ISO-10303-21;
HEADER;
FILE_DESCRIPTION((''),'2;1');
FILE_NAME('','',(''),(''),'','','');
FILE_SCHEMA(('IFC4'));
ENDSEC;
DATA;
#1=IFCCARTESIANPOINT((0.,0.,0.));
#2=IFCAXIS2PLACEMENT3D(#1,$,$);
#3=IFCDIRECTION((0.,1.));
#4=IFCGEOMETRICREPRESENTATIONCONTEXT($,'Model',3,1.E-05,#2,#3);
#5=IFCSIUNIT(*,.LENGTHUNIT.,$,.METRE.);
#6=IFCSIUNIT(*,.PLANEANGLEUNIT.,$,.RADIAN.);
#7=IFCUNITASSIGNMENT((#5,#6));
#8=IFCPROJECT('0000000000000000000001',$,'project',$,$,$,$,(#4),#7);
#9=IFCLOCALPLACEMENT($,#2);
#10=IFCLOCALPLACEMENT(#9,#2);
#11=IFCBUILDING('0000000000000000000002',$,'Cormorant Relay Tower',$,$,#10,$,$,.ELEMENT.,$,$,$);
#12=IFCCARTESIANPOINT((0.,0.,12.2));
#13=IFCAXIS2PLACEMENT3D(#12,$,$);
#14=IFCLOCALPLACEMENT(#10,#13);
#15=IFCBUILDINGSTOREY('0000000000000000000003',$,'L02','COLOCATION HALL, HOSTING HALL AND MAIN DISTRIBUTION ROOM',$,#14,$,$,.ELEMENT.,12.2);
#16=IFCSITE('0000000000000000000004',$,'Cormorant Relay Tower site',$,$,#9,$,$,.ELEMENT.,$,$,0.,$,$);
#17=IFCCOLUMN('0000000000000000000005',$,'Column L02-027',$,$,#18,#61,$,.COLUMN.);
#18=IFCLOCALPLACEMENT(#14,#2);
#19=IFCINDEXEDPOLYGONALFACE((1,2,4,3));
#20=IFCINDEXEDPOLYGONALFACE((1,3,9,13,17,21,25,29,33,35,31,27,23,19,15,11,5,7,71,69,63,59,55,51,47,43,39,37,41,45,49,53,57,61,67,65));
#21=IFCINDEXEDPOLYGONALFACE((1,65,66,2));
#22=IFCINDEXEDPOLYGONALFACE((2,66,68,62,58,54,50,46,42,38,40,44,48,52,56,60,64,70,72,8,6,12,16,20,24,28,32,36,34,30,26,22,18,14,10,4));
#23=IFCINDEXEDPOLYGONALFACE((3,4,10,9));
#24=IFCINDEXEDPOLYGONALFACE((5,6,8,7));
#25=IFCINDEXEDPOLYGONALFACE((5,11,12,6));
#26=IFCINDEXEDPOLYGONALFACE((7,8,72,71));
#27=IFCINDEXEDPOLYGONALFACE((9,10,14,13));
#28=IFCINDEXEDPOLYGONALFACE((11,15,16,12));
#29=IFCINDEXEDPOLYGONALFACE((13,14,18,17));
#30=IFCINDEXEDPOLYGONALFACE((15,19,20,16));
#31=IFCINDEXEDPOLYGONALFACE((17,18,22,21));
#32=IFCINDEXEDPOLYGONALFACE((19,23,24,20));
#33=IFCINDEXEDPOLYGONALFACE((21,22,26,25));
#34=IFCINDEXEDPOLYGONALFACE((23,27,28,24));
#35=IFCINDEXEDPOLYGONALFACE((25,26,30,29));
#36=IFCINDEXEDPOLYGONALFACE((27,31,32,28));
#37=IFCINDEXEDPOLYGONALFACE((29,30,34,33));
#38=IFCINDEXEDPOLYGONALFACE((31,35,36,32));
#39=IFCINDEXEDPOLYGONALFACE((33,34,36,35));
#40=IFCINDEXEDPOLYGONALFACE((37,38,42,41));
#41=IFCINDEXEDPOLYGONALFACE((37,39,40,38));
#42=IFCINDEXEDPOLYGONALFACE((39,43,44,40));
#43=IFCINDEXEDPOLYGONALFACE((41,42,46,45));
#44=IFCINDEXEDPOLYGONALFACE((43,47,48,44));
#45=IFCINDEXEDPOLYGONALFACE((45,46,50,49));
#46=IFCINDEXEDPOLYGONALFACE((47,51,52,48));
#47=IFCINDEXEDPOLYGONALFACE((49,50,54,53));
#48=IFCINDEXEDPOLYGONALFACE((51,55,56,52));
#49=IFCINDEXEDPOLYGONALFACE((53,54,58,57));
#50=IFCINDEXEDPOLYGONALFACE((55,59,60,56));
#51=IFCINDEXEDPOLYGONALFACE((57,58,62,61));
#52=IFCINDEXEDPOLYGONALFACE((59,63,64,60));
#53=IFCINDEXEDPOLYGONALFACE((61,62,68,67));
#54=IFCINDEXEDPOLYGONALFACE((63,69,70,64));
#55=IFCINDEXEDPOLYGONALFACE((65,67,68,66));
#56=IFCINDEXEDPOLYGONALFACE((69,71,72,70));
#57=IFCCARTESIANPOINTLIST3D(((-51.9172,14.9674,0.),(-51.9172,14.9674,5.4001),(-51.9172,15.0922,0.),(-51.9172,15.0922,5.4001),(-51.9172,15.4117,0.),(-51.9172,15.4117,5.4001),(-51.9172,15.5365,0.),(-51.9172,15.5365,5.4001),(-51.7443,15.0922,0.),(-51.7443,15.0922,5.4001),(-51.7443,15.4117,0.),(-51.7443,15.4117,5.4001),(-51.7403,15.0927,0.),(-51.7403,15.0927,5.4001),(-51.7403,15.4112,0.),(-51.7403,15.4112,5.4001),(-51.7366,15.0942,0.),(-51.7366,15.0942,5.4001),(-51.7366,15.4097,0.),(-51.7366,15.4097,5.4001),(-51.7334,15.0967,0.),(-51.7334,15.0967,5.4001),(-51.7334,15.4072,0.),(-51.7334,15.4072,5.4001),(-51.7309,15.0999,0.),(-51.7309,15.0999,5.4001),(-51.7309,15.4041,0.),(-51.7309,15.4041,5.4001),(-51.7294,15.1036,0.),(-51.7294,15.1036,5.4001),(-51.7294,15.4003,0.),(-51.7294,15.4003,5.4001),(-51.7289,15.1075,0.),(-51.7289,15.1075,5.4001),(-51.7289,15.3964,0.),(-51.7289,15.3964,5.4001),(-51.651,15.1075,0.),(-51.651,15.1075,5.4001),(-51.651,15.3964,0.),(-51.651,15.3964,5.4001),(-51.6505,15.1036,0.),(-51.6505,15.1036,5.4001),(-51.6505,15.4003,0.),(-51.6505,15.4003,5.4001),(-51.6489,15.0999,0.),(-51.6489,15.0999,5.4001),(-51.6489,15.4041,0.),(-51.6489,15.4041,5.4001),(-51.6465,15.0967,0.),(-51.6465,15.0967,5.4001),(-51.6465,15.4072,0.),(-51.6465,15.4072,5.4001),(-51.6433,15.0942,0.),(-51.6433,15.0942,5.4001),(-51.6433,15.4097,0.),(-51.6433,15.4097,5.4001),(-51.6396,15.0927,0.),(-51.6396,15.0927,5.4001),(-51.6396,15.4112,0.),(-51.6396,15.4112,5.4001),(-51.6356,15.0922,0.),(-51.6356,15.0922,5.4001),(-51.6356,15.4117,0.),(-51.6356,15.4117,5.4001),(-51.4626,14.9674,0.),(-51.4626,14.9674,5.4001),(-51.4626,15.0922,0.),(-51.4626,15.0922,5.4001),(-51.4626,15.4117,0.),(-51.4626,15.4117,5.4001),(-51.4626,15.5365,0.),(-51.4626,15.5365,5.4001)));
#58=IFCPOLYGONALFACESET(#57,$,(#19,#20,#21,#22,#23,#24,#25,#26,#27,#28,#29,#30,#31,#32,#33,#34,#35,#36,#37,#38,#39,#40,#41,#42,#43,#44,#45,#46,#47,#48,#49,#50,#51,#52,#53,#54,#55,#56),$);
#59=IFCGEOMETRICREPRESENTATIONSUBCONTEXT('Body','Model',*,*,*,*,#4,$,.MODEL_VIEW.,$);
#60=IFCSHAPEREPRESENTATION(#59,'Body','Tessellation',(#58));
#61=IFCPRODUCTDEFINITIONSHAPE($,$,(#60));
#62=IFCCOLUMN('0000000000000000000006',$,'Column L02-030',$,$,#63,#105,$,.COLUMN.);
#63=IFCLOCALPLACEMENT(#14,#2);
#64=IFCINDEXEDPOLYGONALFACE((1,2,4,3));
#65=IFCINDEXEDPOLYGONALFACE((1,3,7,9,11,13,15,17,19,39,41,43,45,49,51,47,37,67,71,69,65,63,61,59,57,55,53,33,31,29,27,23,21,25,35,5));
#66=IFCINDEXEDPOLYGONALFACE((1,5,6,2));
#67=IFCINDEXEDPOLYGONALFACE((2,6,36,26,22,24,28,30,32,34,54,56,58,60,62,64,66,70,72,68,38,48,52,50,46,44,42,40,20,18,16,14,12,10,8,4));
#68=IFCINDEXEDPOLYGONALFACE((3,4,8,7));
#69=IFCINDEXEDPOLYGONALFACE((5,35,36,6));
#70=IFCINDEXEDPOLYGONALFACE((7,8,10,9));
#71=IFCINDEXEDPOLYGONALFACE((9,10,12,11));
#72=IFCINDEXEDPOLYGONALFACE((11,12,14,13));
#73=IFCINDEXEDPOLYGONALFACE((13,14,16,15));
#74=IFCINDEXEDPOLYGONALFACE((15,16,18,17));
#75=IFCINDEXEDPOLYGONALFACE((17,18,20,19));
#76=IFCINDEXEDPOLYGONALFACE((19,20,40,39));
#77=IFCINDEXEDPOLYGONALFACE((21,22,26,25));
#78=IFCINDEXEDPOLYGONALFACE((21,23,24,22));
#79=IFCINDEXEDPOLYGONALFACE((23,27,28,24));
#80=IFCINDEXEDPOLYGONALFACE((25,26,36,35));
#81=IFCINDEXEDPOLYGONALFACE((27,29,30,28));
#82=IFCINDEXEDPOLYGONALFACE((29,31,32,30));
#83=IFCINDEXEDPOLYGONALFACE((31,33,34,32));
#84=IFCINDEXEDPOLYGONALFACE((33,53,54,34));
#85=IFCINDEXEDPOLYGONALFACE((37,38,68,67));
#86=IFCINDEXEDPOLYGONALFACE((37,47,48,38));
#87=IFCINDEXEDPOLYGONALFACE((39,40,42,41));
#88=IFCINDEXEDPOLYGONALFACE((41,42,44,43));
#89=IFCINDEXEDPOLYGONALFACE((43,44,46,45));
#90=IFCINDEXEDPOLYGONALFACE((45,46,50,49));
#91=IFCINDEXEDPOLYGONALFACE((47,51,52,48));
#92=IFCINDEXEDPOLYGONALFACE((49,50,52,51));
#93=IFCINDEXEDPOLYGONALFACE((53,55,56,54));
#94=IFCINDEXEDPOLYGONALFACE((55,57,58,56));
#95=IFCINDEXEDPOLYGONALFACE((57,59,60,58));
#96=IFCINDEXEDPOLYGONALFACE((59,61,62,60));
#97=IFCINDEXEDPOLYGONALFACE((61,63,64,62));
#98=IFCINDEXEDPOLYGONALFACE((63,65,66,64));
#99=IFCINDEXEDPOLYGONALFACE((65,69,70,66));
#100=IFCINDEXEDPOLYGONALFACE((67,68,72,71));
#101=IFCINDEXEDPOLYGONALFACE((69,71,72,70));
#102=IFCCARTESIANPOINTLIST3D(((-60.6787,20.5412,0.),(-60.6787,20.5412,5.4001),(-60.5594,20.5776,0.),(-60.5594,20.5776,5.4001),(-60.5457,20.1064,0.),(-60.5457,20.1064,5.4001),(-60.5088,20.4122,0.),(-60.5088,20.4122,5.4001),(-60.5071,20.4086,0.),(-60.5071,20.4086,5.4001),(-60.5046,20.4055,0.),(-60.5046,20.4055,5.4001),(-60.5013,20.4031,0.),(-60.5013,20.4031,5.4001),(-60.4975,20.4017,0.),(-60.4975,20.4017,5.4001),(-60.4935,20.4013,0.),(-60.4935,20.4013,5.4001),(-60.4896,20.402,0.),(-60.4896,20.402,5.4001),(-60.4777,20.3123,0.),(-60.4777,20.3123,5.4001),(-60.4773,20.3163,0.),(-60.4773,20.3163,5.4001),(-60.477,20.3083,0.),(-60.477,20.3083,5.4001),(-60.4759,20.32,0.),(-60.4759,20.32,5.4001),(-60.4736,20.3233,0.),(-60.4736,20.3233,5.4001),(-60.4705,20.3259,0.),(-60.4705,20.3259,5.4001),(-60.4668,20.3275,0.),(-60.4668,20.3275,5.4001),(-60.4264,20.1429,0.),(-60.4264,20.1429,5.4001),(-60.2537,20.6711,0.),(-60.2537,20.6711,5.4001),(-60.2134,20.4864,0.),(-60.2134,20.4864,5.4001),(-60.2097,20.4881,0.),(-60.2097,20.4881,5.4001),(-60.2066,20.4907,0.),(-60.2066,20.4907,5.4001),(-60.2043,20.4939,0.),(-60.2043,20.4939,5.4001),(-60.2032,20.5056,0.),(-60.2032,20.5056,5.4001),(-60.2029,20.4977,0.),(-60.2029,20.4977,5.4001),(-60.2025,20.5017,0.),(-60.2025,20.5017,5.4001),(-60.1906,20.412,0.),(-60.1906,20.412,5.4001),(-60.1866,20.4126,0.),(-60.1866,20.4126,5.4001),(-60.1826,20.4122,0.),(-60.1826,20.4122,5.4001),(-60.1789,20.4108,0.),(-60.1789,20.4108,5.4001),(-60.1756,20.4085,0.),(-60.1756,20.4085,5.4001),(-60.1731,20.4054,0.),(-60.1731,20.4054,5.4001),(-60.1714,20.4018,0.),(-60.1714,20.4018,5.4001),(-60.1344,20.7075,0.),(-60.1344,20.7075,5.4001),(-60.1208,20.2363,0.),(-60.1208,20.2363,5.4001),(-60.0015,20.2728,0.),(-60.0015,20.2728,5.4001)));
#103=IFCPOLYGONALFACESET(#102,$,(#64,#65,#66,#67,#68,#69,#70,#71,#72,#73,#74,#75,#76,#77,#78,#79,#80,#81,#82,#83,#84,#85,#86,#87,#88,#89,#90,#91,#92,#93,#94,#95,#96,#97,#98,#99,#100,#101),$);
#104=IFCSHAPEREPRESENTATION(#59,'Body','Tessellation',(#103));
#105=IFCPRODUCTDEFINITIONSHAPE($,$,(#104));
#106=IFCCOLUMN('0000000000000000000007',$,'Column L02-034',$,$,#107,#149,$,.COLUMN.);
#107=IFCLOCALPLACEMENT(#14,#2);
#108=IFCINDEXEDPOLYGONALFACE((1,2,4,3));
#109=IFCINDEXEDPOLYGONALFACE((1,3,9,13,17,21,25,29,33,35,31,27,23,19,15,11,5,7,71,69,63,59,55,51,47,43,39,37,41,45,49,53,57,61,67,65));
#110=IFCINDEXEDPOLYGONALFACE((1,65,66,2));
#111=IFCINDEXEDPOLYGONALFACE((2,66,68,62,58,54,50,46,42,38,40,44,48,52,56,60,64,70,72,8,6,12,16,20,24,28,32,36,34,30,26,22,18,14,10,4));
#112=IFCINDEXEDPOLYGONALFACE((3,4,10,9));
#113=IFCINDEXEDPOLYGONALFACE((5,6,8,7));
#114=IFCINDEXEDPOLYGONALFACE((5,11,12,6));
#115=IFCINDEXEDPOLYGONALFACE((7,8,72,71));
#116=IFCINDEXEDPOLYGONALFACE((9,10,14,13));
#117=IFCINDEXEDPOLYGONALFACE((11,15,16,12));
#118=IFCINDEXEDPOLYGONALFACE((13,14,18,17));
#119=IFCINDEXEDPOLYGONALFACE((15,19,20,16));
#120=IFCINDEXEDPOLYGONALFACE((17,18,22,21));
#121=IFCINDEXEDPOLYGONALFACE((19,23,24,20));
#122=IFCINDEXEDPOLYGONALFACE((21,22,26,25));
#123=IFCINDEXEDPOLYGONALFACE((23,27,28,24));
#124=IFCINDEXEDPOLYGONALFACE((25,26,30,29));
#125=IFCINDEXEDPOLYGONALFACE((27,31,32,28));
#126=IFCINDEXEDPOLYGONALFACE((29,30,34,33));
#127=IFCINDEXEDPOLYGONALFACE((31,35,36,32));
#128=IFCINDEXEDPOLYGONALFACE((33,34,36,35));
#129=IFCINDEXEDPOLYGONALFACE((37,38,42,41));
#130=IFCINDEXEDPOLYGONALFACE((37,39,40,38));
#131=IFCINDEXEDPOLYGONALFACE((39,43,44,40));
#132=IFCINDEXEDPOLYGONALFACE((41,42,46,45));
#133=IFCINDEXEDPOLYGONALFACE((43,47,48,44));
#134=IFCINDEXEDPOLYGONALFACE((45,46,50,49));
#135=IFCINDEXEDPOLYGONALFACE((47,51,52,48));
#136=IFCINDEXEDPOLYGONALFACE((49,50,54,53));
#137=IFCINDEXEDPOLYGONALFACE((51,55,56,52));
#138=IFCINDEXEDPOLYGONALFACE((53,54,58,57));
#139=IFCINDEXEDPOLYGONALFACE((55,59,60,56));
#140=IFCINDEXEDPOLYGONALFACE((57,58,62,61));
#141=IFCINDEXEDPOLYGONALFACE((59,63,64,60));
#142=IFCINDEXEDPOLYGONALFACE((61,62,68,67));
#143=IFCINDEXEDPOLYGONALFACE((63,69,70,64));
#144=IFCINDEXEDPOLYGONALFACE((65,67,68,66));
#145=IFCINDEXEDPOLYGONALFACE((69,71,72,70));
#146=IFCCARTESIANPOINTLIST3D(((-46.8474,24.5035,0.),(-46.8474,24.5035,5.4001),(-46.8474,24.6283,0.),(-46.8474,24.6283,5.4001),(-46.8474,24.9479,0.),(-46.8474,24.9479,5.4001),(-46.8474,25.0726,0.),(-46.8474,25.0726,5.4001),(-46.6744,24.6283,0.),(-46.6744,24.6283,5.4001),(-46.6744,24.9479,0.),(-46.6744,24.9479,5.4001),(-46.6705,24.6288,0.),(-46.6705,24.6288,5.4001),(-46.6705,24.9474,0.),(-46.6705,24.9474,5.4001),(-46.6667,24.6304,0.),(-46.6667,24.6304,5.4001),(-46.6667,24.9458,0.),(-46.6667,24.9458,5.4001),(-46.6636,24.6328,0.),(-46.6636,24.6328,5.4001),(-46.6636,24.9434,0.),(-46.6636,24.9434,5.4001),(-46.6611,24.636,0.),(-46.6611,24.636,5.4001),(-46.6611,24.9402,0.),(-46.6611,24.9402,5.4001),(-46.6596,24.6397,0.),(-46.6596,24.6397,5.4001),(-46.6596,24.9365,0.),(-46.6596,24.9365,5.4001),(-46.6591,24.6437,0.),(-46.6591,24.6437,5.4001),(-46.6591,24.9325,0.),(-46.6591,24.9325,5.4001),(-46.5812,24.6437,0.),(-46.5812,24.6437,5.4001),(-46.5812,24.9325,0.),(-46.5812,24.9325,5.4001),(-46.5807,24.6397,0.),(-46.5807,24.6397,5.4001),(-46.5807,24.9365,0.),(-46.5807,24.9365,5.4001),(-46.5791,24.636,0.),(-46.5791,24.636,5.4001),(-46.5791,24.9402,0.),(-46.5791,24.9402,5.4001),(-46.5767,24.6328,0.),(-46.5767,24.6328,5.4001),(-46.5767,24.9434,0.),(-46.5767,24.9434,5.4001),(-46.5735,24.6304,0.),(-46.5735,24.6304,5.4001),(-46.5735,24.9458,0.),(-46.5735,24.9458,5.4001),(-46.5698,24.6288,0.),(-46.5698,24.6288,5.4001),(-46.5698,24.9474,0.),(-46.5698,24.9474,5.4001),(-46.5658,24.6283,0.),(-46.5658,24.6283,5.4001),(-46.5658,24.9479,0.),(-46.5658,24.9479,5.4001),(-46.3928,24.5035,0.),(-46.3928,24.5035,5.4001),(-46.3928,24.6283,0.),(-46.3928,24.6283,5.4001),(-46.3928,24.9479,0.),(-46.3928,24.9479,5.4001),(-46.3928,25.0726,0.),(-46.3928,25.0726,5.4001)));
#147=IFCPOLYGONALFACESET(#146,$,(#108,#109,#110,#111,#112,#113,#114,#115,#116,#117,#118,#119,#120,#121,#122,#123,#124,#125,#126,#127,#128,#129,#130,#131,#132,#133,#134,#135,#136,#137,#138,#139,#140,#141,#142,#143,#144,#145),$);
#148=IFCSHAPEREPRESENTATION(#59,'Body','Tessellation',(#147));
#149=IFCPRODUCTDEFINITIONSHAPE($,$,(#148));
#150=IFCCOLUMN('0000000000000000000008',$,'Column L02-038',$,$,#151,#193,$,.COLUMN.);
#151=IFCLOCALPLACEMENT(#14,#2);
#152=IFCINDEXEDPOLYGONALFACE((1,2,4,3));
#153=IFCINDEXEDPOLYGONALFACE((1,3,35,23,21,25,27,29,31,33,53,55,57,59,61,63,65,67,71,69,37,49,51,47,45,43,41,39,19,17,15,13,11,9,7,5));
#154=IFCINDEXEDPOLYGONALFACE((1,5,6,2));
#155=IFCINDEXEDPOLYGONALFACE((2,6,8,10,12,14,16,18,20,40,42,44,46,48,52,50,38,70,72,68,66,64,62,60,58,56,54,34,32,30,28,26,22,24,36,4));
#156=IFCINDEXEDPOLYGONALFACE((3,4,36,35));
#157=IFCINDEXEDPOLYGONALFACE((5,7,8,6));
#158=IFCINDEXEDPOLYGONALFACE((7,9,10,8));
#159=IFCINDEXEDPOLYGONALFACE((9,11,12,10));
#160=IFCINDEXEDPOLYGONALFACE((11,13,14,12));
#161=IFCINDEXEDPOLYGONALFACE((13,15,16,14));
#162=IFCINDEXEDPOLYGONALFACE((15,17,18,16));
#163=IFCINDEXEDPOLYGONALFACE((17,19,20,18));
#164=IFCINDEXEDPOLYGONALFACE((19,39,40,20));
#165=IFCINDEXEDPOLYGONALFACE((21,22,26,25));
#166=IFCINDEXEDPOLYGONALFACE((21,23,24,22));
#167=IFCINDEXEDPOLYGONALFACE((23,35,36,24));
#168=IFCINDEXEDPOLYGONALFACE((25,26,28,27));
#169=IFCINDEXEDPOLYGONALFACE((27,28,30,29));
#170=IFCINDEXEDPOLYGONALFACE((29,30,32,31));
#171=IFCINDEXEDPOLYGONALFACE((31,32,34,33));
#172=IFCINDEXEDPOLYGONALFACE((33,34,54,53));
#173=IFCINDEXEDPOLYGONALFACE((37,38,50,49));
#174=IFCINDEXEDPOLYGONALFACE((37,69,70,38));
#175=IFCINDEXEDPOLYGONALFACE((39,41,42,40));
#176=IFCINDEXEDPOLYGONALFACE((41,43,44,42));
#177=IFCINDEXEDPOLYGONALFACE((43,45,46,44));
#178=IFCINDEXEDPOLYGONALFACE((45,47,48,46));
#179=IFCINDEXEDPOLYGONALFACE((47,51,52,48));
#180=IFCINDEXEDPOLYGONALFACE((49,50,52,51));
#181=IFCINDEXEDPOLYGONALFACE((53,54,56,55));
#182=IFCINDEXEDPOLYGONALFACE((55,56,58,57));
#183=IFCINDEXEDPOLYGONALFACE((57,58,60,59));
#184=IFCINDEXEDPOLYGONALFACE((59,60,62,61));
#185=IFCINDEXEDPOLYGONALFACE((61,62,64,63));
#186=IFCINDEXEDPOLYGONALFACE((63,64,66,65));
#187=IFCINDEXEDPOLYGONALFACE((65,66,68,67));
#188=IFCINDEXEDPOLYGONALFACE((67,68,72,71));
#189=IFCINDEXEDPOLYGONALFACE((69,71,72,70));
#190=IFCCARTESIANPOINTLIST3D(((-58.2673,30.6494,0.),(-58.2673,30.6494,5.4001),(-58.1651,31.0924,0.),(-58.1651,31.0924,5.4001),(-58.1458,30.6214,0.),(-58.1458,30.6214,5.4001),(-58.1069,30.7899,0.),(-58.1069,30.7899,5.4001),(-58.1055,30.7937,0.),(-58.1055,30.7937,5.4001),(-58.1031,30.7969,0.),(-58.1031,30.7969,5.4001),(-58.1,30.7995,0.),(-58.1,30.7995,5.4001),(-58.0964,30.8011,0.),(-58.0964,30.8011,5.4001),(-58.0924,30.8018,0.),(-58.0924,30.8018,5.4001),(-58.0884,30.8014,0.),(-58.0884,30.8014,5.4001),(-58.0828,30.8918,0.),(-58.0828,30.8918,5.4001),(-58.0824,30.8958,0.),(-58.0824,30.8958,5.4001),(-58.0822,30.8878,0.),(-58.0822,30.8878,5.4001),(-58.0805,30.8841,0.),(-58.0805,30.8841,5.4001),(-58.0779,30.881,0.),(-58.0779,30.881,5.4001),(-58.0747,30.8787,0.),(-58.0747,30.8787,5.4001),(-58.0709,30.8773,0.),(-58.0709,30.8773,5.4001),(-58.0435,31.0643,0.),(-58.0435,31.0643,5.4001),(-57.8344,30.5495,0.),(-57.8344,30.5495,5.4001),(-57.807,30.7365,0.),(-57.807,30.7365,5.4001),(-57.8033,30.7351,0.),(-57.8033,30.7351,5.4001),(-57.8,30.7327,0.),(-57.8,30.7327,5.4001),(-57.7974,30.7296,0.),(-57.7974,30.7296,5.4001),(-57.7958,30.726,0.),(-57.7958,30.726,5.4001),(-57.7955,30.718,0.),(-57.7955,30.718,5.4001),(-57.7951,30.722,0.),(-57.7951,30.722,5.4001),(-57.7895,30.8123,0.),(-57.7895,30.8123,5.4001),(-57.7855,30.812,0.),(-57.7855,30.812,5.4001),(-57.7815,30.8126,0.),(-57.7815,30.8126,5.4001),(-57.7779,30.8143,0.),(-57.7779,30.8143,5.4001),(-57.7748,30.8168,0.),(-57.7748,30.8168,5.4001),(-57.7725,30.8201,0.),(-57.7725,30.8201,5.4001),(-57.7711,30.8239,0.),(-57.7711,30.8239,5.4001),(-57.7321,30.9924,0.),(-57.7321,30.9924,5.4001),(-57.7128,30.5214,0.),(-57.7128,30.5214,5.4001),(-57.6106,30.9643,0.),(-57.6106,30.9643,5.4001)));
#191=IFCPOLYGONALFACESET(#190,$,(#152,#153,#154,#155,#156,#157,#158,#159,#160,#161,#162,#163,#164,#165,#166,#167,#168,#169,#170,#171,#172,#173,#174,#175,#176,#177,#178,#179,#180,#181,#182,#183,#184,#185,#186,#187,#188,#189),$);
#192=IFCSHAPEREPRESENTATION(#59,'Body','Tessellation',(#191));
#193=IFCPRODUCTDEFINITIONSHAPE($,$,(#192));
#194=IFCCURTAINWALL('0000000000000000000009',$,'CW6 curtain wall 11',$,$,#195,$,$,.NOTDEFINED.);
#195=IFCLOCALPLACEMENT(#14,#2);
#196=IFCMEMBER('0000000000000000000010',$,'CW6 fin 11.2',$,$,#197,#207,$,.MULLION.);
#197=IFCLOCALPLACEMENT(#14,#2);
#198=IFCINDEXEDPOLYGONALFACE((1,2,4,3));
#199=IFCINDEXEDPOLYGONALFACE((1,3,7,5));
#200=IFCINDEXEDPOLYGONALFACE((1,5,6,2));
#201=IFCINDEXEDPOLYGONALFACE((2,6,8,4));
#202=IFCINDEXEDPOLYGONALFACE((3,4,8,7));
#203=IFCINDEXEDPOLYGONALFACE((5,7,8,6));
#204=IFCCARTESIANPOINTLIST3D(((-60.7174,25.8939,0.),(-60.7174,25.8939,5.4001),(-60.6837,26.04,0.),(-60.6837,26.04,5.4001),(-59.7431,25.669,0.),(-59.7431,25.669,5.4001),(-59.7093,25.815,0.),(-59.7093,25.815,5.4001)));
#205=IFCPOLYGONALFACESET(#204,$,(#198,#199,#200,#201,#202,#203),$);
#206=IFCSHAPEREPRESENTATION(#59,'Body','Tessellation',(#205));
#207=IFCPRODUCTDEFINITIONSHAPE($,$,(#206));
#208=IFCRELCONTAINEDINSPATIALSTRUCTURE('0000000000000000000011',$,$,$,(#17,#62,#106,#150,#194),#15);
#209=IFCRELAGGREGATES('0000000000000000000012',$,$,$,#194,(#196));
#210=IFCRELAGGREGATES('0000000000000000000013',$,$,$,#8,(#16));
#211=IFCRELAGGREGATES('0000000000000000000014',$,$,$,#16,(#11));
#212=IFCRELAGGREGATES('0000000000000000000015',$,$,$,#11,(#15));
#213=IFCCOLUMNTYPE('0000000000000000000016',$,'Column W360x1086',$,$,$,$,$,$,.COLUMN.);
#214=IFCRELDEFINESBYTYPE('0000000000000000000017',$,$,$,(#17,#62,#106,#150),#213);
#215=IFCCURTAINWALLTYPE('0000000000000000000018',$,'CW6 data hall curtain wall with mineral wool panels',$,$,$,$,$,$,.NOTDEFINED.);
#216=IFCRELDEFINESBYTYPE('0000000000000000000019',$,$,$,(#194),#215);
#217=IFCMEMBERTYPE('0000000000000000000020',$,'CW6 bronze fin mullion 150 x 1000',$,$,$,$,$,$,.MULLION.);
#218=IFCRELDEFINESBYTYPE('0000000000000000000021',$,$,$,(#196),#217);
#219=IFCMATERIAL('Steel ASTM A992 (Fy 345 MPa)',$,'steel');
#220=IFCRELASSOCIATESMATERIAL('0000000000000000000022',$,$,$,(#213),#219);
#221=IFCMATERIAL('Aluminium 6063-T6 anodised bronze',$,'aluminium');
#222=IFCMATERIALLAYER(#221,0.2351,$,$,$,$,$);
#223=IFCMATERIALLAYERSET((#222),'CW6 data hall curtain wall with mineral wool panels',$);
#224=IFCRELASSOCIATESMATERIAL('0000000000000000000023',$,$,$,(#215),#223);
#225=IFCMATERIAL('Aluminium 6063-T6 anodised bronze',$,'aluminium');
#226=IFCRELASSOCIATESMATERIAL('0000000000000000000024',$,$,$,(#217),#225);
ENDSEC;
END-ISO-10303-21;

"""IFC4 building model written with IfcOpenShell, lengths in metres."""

from ifc_helpers import new_model, si_unit, direction, frame, origin, origin_2d, place, context, subcontext, project, spatial, rectangle, i_section, extrude, material, layer, layer_set, material_profile, profile_set, type_object, element, aggregate, save


model = new_model("IFC4")

# Units and contexts
model_context = context("Model", 3, precision=1e-05, world=origin(), true_north=direction((0.0, 1.0)))
body_context = subcontext(model_context, "Body", "Model", "MODEL_VIEW")
ifc_project = project(units=[si_unit("LENGTHUNIT", "METRE"), si_unit("PLANEANGLEUNIT", "RADIAN")], contexts=[model_context])

# Site, building, storey
site_placement = place(None, origin())
site = spatial("IfcSite", under=ifc_project, at=site_placement, Name="Cormorant Relay Tower site", CompositionType="ELEMENT", RefElevation=0.0)
building_placement = place(site_placement, origin())
building = spatial("IfcBuilding", under=site, at=building_placement, Name="Cormorant Relay Tower", CompositionType="ELEMENT")
storey_placement = place(building_placement, frame((0.0, 0.0, 12.2)))
storey = spatial("IfcBuildingStorey", under=building, at=storey_placement, Name="L02", Description="COLOCATION HALL, HOSTING HALL AND MAIN DISTRIBUTION ROOM", CompositionType="ELEMENT", Elevation=12.2)

# Columns
ifc_material_1 = material(Name="Steel ASTM A992 (Fy 345 MPa)", Category="steel")
ifc_material_profile_1 = material_profile(ifc_material_1, i_section(OverallWidth=0.4546, OverallDepth=0.5691, WebThickness=0.0779, FlangeThickness=0.1248, FilletRadius=0.0154, at=origin_2d()), Name="W360x1086")
ifc_profile_set_1 = profile_set([ifc_material_profile_1], Name="Steel ASTM A992 (Fy 345 MPa)")
column_type = type_object("IfcColumnType", Name="Column W360x1086", PredefinedType="COLUMN", material=ifc_profile_set_1)
for number, where, z_axis, x_axis, name in (
    (1, (-51.6899, 15.252, 0.0), (0.0, 0.0, 1.0), (1.0, 0.0, 0.0), "Column L02-027"),
    (2, (-60.3401, 20.407, 0.0), (0.0, 0.0, 1.0), (0.292372, -0.956305, 0.0), "Column L02-030"),
    (3, (-46.6201, 24.7881, 0.0), (0.0, 0.0, 1.0), (1.0, 0.0, 0.0), "Column L02-034"),
    (4, (-57.939, 30.8069, 0.0), (0.0, 0.0, 1.0), (-0.224951, -0.97437, 0.0), "Column L02-038"),
):
    element("IfcColumn", number, at=place(storey_placement, frame(where, z_axis=z_axis, x_axis=x_axis)), inside=storey, type_object=column_type, Name=name, PredefinedType="COLUMN", context=body_context, shape_type="SweptSolid", body=[
        extrude(i_section(OverallWidth=0.4546, OverallDepth=0.5691, WebThickness=0.0779, FlangeThickness=0.1248, FilletRadius=0.0154, at=origin_2d()), origin(), (0.0, 0.0, 1.0), 5.4001),
    ])

# Curtain wall, member
ifc_material_2 = material(Name="Aluminium 6063-T6 anodised bronze", Category="aluminium")
ifc_layer_1 = layer(ifc_material_2, 0.2351)
ifc_layer_set_1 = layer_set([ifc_layer_1], Name="CW6 data hall curtain wall with mineral wool panels")
curtain_wall_type = type_object("IfcCurtainWallType", Name="CW6 data hall curtain wall with mineral wool panels", PredefinedType="NOTDEFINED", material=ifc_layer_set_1)
curtain_wall_1_placement = place(storey_placement, origin())
curtain_wall_1 = element("IfcCurtainWall", 5, at=curtain_wall_1_placement, inside=storey, type_object=curtain_wall_type, Name="CW6 curtain wall 11", PredefinedType="NOTDEFINED")
ifc_material_3 = material(Name="Aluminium 6063-T6 anodised bronze", Category="aluminium")
ifc_material_profile_2 = material_profile(ifc_material_3, rectangle(XDim=0.1499, YDim=1.0, at=origin_2d()), Name="AL 150x1000")
ifc_profile_set_2 = profile_set([ifc_material_profile_2], Name="Aluminium 6063-T6 anodised bronze")
member_type_1 = type_object("IfcMemberType", Name="CW6 bronze fin mullion 150 x 1000", PredefinedType="MULLION", material=ifc_profile_set_2)
member_1_placement = place(storey_placement, frame((-60.2134, 25.8545, 0.0), z_axis=(0.0, 0.0, 1.0), x_axis=(-0.224951, -0.97437, 0.0)))
member_1 = element("IfcMember", 6, at=member_1_placement, type_object=member_type_1, Name="CW6 fin 11.2", PredefinedType="MULLION", context=body_context, shape_type="SweptSolid", body=[
    extrude(rectangle(XDim=0.1499, YDim=1.0, at=origin_2d()), origin(), (0.0, 0.0, 1.0), 5.4001),
])

aggregate(curtain_wall_1, [member_1])

save(model, "model.ifc")
